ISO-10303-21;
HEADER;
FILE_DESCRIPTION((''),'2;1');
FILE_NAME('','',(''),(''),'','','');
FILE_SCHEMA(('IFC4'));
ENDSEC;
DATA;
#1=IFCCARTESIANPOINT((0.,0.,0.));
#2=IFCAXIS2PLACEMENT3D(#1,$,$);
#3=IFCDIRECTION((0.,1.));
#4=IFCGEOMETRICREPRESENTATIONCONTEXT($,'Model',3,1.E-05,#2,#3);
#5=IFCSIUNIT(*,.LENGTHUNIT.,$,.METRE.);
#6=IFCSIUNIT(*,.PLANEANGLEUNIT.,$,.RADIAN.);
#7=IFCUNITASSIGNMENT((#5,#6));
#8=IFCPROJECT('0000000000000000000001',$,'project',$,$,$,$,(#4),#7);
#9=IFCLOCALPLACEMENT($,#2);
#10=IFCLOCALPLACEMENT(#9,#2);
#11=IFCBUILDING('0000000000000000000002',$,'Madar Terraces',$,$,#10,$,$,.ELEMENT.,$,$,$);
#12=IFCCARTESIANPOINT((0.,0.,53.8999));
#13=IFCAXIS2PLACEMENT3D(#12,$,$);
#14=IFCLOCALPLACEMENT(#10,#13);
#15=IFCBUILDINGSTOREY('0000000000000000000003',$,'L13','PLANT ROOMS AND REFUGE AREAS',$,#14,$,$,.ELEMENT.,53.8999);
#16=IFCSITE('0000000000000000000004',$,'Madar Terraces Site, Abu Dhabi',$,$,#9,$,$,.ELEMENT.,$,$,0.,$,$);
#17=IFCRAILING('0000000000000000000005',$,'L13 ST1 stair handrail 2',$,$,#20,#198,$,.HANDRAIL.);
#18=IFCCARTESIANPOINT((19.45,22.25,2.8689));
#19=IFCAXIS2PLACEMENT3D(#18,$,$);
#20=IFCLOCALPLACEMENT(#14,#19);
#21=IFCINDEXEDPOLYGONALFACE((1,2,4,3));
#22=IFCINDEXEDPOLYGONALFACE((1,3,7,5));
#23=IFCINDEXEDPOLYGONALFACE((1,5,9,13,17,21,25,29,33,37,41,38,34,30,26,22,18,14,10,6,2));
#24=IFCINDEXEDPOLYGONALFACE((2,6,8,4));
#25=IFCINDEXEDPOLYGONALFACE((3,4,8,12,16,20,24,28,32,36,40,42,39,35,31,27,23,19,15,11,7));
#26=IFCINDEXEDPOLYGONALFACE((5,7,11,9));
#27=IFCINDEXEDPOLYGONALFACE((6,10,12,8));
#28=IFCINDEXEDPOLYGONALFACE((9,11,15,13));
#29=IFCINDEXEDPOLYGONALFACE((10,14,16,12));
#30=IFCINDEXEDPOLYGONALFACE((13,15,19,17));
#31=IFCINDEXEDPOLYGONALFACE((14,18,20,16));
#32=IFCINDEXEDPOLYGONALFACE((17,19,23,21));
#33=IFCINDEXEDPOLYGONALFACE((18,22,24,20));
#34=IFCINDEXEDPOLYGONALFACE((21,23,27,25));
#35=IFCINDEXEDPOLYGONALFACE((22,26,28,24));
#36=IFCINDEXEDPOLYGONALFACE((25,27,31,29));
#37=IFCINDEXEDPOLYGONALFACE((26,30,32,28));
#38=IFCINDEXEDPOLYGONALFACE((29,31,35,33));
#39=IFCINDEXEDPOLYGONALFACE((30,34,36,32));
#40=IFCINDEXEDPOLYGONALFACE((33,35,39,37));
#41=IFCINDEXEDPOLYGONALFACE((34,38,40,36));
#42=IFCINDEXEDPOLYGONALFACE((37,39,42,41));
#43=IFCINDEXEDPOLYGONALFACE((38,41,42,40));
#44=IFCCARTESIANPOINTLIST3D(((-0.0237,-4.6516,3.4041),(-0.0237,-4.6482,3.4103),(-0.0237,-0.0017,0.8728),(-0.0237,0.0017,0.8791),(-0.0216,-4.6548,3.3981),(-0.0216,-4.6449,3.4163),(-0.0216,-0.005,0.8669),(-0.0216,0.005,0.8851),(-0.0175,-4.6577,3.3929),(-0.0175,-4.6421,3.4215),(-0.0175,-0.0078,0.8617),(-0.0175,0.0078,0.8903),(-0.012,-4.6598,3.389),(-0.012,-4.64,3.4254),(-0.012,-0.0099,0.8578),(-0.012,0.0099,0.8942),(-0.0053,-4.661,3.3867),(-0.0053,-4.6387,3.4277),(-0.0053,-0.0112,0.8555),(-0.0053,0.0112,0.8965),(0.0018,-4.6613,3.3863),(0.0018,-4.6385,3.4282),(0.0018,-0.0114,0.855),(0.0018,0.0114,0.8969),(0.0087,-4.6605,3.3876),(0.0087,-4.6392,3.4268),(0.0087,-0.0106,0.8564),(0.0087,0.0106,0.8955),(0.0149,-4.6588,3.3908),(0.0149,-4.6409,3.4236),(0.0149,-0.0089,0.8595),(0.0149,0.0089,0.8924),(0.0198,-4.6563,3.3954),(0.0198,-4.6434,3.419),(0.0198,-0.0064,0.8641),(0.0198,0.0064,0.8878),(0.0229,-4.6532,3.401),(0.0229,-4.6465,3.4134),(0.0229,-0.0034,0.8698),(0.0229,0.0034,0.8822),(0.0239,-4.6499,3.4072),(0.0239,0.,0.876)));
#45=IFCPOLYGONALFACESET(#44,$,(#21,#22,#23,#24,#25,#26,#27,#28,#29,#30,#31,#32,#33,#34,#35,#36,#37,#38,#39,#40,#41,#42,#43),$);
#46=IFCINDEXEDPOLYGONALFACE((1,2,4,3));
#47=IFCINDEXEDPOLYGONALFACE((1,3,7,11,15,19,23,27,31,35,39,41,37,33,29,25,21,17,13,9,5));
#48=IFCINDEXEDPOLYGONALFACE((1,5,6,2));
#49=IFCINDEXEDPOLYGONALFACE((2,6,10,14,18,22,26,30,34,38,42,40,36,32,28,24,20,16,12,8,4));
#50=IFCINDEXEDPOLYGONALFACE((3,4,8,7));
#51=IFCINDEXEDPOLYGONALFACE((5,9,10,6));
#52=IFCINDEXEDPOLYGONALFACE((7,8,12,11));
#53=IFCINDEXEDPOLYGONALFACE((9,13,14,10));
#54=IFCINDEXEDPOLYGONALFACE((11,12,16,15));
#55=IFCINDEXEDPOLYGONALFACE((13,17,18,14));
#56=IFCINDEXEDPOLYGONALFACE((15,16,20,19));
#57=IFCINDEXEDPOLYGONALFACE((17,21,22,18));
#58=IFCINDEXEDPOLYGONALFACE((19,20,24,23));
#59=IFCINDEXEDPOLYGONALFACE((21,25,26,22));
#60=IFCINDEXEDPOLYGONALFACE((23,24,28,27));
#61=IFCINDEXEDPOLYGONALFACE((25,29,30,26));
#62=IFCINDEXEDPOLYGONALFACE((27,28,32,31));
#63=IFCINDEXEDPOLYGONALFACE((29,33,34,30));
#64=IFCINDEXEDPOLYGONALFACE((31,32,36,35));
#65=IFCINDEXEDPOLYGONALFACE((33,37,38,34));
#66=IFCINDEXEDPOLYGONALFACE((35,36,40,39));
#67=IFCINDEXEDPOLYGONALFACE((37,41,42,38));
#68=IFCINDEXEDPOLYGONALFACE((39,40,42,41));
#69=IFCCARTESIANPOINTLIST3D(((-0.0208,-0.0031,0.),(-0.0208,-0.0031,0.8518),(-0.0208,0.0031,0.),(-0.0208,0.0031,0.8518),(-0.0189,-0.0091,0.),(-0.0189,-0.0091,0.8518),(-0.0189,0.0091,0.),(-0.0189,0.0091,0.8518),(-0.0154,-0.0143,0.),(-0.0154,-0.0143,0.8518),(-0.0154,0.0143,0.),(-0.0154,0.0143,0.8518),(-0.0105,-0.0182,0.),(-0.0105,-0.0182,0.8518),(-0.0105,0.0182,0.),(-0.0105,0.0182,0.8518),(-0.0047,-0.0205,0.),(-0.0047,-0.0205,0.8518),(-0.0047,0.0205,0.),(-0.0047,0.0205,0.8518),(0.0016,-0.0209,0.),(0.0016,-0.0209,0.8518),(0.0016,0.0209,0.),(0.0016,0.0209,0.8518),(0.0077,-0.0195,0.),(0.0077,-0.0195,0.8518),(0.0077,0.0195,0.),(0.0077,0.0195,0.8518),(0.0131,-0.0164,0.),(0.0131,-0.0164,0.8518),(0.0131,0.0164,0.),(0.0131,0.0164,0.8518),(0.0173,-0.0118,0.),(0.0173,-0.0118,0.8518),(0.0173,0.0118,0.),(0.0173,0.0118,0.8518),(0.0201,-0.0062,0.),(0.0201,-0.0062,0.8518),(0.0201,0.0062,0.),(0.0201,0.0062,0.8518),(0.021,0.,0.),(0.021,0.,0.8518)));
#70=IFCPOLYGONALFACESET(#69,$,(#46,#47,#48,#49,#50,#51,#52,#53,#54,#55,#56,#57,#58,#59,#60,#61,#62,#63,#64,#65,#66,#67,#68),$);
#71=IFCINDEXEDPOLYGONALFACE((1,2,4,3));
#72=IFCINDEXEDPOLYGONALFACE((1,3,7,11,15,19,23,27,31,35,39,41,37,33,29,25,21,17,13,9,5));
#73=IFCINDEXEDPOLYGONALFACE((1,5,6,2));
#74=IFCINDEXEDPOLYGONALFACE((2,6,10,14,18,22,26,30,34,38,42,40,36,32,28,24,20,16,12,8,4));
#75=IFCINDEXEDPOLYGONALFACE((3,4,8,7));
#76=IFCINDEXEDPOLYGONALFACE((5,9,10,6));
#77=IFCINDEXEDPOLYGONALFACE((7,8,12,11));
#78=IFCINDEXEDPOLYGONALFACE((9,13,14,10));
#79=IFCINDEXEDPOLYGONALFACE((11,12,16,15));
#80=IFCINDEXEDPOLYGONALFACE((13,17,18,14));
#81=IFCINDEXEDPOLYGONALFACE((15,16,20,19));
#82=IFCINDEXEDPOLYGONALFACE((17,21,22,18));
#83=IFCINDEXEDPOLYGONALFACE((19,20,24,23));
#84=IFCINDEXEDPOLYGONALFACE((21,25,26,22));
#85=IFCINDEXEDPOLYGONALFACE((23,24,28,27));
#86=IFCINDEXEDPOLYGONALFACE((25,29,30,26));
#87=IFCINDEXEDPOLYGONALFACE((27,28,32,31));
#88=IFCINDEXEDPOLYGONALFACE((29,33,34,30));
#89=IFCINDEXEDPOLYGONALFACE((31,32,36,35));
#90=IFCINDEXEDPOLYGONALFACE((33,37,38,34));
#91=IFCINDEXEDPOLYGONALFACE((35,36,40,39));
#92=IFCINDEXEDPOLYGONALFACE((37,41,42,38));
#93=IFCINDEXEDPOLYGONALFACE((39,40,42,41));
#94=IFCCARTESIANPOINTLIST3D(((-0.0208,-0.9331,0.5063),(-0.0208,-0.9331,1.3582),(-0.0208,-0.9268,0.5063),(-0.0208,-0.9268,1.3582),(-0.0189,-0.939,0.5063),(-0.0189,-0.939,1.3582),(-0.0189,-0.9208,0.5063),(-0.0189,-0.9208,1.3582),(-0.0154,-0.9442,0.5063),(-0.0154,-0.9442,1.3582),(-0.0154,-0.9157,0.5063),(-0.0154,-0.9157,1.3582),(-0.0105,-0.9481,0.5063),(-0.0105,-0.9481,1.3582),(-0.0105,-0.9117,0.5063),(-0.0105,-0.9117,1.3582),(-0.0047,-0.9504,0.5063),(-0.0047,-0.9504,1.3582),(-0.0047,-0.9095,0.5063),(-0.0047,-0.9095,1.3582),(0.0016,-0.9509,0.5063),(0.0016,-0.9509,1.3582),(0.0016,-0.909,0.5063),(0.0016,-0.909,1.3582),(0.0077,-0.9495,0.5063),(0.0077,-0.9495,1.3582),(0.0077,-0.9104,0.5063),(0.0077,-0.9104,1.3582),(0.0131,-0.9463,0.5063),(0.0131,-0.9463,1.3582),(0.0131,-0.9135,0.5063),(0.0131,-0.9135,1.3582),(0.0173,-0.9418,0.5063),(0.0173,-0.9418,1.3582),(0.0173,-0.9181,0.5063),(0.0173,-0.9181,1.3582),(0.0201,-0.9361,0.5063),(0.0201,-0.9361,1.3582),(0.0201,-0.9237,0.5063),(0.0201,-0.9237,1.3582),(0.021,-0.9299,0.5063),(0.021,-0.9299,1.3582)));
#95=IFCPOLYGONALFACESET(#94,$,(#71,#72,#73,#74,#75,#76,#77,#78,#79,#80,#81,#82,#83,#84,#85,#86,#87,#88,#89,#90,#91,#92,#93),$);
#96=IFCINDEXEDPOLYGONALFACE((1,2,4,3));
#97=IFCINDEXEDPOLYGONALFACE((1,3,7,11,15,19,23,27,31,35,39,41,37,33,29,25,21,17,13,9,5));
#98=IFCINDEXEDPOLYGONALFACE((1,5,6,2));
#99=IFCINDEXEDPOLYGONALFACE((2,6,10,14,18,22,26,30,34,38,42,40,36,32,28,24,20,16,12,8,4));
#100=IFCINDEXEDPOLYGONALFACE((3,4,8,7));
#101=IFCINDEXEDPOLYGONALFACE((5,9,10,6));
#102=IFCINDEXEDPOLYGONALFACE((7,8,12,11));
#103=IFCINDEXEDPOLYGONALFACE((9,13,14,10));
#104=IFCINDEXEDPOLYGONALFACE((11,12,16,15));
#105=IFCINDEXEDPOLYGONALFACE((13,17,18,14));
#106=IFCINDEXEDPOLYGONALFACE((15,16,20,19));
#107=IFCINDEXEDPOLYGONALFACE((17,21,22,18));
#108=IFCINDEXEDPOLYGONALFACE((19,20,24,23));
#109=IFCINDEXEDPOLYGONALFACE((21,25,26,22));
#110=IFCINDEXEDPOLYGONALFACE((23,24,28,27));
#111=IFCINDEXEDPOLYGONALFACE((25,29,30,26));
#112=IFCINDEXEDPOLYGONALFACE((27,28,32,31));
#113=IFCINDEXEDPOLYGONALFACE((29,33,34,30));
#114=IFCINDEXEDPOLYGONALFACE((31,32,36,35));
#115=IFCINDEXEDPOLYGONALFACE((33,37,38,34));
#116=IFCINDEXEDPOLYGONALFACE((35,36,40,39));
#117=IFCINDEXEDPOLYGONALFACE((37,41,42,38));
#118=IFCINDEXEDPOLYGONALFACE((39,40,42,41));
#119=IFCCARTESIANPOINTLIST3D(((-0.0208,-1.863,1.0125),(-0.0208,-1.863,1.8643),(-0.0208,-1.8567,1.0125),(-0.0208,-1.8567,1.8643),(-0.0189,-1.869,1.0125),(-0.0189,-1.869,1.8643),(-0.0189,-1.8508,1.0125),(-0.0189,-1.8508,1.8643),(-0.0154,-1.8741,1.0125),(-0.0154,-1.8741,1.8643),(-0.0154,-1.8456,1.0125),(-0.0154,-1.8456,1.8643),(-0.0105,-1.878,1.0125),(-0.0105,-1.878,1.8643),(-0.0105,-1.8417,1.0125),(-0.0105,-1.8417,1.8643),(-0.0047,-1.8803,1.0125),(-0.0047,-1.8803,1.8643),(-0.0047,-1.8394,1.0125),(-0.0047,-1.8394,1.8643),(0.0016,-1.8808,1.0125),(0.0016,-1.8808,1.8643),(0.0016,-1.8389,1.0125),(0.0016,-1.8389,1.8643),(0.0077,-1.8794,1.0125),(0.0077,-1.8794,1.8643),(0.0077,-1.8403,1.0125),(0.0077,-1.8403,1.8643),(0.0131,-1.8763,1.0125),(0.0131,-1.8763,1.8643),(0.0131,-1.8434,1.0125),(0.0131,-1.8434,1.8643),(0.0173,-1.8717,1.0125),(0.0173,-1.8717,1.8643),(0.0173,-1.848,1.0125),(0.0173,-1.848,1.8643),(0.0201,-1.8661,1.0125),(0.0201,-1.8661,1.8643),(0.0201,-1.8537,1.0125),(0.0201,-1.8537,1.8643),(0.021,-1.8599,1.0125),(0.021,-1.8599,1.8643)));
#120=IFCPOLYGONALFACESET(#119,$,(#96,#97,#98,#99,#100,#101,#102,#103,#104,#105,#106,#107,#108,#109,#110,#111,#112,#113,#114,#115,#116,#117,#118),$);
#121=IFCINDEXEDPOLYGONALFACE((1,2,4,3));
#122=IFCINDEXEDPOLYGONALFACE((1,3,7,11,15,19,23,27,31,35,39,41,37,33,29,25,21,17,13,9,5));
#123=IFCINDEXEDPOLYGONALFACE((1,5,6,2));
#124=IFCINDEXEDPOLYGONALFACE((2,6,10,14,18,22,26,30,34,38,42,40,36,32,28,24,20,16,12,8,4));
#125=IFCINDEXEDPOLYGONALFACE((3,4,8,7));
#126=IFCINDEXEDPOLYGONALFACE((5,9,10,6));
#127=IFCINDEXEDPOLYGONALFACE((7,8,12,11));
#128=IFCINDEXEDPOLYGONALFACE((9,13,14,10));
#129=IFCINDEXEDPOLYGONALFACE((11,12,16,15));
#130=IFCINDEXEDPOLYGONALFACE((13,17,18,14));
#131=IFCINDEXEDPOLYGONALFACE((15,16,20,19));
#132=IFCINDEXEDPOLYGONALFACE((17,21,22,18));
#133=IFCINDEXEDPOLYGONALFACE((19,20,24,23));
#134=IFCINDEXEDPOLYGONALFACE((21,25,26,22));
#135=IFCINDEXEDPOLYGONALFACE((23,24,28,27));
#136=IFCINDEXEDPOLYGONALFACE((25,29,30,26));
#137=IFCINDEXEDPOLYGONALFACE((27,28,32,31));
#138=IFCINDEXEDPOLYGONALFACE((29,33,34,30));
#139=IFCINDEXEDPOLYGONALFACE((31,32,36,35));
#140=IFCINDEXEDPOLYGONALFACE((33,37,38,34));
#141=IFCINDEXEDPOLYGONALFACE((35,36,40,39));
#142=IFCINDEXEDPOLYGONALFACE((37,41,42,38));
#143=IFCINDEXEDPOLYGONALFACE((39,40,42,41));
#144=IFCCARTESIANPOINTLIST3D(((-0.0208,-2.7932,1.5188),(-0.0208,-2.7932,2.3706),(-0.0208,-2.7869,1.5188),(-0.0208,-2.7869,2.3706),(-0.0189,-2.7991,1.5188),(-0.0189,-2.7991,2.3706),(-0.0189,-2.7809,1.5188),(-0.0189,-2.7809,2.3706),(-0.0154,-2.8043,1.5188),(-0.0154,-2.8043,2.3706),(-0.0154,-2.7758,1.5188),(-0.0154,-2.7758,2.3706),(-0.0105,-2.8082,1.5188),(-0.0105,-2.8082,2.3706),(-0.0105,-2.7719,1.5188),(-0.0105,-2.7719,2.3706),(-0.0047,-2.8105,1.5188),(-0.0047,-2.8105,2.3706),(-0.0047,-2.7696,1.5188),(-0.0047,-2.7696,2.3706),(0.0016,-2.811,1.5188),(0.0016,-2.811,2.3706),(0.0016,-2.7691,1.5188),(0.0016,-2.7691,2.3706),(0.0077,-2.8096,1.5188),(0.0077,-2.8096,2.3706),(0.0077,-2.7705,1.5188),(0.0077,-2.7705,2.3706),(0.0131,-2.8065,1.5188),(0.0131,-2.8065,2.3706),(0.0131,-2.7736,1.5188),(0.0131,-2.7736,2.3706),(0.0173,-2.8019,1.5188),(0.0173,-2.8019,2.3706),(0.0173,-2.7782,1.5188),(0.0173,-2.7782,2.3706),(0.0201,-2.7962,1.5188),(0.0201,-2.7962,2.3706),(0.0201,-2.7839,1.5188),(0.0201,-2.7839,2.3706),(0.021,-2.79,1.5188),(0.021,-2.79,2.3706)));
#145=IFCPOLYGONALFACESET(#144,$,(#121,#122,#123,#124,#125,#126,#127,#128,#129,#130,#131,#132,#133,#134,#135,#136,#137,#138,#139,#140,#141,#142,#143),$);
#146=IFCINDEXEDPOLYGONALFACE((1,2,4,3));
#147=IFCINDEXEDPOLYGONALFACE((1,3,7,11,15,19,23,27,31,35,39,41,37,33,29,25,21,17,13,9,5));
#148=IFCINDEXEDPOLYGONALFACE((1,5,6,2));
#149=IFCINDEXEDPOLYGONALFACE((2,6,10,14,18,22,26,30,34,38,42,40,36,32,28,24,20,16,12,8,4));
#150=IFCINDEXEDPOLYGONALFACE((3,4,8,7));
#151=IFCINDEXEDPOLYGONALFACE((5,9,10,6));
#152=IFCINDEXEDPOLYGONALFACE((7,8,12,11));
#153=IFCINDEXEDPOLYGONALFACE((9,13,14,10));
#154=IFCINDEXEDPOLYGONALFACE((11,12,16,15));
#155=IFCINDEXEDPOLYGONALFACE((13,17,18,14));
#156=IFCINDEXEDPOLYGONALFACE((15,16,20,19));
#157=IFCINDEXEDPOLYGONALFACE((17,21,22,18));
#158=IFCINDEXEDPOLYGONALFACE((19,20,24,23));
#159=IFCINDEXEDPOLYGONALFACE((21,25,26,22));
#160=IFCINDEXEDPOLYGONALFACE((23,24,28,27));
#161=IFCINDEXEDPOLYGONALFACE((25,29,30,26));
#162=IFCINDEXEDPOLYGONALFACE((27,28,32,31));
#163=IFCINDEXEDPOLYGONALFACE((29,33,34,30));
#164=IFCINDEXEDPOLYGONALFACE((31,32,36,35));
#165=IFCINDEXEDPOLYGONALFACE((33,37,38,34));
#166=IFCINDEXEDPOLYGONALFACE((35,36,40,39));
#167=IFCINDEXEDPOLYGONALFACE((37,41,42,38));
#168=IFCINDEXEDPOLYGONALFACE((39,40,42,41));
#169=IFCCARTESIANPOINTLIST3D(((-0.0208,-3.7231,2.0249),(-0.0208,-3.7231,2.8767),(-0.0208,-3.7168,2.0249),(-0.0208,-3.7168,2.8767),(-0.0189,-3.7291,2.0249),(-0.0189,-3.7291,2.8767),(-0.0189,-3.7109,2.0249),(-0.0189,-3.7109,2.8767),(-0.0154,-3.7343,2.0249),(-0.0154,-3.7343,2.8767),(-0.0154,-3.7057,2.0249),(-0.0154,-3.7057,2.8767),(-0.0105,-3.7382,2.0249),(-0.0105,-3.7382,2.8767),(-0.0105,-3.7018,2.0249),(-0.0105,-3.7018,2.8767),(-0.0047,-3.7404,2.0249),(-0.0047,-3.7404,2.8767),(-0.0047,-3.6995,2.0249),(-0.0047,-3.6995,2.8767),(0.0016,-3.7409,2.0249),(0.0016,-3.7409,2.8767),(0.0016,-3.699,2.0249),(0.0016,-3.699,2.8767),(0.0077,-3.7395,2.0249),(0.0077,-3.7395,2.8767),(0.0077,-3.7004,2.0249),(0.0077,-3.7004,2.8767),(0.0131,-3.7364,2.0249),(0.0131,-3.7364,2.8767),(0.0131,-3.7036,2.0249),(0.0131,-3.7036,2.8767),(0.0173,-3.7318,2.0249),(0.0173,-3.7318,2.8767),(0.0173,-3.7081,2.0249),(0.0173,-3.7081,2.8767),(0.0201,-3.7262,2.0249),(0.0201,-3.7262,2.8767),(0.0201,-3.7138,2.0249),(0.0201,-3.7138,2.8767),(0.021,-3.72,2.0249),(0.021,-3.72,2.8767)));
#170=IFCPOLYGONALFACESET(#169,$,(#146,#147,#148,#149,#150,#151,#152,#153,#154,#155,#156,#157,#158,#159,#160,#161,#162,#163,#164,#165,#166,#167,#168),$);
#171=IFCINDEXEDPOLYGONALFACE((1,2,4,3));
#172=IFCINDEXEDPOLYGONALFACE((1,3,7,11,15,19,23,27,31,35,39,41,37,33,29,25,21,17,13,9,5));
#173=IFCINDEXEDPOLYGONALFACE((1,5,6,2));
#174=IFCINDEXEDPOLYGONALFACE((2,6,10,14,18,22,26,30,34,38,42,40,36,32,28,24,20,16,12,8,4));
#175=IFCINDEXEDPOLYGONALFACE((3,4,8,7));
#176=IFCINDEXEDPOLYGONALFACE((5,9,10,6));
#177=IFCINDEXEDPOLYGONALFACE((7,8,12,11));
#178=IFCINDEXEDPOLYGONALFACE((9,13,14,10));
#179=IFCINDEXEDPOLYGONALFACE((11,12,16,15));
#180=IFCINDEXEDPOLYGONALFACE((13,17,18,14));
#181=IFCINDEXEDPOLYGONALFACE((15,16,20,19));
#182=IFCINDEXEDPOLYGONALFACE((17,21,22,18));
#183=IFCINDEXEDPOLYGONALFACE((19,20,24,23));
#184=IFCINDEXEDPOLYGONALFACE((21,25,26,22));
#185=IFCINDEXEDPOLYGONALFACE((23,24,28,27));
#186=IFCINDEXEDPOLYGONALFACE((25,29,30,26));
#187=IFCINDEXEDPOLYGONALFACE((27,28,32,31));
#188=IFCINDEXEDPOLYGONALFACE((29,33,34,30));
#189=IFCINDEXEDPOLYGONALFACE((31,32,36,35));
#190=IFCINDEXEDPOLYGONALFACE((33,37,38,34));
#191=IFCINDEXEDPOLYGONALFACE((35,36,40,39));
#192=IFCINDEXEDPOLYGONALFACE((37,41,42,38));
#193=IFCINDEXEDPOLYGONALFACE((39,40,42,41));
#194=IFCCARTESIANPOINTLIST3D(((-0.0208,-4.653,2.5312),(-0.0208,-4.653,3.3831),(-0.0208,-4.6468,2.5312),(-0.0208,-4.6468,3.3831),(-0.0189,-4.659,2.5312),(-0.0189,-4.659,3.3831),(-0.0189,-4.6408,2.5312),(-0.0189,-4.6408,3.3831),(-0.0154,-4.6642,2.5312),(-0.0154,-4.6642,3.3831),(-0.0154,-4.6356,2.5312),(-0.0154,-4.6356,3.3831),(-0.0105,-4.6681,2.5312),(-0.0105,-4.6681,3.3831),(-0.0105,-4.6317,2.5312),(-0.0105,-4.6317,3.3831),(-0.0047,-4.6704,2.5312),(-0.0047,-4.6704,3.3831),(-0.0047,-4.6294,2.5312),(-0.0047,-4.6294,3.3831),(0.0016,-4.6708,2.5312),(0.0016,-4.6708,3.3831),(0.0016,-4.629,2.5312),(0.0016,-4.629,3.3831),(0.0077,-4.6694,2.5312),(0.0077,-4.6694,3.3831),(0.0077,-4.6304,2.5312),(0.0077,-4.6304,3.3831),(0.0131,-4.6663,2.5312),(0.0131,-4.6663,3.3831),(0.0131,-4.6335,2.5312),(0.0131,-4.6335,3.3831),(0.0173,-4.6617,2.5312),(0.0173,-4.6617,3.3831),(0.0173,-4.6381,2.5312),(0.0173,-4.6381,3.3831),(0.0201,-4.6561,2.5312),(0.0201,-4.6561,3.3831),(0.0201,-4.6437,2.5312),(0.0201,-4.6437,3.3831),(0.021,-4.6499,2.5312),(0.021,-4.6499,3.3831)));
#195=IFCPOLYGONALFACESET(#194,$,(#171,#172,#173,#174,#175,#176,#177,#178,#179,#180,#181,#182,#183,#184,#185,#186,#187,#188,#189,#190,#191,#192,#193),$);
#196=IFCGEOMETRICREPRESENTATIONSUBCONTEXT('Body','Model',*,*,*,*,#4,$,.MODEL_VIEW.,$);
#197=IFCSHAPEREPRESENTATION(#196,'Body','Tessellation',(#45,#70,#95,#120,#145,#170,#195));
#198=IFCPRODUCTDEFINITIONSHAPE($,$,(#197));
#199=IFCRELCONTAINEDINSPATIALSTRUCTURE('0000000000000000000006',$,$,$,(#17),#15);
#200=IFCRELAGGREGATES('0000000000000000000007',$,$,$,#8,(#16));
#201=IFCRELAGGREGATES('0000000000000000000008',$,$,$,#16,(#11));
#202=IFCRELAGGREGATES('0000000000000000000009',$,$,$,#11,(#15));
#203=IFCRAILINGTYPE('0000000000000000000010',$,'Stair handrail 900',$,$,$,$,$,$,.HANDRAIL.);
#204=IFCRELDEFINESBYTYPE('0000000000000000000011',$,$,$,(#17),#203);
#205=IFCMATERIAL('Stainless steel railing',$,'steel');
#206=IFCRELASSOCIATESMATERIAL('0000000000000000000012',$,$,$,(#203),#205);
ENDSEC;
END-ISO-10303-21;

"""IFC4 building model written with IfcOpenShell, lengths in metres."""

from ifc_helpers import new_model, si_unit, direction, frame, origin, origin_2d, place, context, subcontext, project, spatial, circle, extrude, material, type_object, element, save


model = new_model("IFC4")

# Units and contexts
model_context = context("Model", 3, precision=1e-05, world=origin(), true_north=direction((0.0, 1.0)))
body_context = subcontext(model_context, "Body", "Model", "MODEL_VIEW")
ifc_project = project(units=[si_unit("LENGTHUNIT", "METRE"), si_unit("PLANEANGLEUNIT", "RADIAN")], contexts=[model_context])

# Site, building, storey
site_placement = place(None, origin())
site = spatial("IfcSite", under=ifc_project, at=site_placement, Name="Madar Terraces Site, Abu Dhabi", CompositionType="ELEMENT", RefElevation=0.0)
building_placement = place(site_placement, origin())
building = spatial("IfcBuilding", under=site, at=building_placement, Name="Madar Terraces", CompositionType="ELEMENT")
storey_placement = place(building_placement, frame((0.0, 0.0, 53.8999)))
storey = spatial("IfcBuildingStorey", under=building, at=storey_placement, Name="L13", Description="PLANT ROOMS AND REFUGE AREAS", CompositionType="ELEMENT", Elevation=53.8999)

# Railing
ifc_material_1 = material(Name="Stainless steel railing", Category="steel")
railing_type_1 = type_object("IfcRailingType", Name="Stair handrail 900", PredefinedType="HANDRAIL", material=ifc_material_1)
railing_1_placement = place(storey_placement, frame((19.45, 22.25, 2.8689)))
element("IfcRailing", 1, at=railing_1_placement, inside=storey, type_object=railing_type_1, Name="L13 ST1 stair handrail 2", PredefinedType="HANDRAIL", context=body_context, shape_type="SweptSolid", body=[
    extrude(circle(Radius=0.0239, at=origin_2d()), frame((0.0, 0.0, 0.876), z_axis=(0.0, -0.878297, 0.478115), x_axis=(1.0, 0.0, 0.0)), (0.0, 0.0, 1.0), 5.2942),
    extrude(circle(Radius=0.021, at=origin_2d()), origin(), (0.0, 0.0, 1.0), 0.8518),
    extrude(circle(Radius=0.021, at=origin_2d()), frame((0.0, -0.9299, 0.5063)), (0.0, 0.0, 1.0), 0.8518),
    extrude(circle(Radius=0.021, at=origin_2d()), frame((0.0, -1.8599, 1.0125)), (0.0, 0.0, 1.0), 0.8518),
    extrude(circle(Radius=0.021, at=origin_2d()), frame((0.0, -2.79, 1.5188)), (0.0, 0.0, 1.0), 0.8518),
    extrude(circle(Radius=0.021, at=origin_2d()), frame((0.0, -3.72, 2.0249)), (0.0, 0.0, 1.0), 0.8518),
    extrude(circle(Radius=0.021, at=origin_2d()), frame((0.0, -4.6499, 2.5312)), (0.0, 0.0, 1.0), 0.8518),
])

save(model, "model.ifc")
